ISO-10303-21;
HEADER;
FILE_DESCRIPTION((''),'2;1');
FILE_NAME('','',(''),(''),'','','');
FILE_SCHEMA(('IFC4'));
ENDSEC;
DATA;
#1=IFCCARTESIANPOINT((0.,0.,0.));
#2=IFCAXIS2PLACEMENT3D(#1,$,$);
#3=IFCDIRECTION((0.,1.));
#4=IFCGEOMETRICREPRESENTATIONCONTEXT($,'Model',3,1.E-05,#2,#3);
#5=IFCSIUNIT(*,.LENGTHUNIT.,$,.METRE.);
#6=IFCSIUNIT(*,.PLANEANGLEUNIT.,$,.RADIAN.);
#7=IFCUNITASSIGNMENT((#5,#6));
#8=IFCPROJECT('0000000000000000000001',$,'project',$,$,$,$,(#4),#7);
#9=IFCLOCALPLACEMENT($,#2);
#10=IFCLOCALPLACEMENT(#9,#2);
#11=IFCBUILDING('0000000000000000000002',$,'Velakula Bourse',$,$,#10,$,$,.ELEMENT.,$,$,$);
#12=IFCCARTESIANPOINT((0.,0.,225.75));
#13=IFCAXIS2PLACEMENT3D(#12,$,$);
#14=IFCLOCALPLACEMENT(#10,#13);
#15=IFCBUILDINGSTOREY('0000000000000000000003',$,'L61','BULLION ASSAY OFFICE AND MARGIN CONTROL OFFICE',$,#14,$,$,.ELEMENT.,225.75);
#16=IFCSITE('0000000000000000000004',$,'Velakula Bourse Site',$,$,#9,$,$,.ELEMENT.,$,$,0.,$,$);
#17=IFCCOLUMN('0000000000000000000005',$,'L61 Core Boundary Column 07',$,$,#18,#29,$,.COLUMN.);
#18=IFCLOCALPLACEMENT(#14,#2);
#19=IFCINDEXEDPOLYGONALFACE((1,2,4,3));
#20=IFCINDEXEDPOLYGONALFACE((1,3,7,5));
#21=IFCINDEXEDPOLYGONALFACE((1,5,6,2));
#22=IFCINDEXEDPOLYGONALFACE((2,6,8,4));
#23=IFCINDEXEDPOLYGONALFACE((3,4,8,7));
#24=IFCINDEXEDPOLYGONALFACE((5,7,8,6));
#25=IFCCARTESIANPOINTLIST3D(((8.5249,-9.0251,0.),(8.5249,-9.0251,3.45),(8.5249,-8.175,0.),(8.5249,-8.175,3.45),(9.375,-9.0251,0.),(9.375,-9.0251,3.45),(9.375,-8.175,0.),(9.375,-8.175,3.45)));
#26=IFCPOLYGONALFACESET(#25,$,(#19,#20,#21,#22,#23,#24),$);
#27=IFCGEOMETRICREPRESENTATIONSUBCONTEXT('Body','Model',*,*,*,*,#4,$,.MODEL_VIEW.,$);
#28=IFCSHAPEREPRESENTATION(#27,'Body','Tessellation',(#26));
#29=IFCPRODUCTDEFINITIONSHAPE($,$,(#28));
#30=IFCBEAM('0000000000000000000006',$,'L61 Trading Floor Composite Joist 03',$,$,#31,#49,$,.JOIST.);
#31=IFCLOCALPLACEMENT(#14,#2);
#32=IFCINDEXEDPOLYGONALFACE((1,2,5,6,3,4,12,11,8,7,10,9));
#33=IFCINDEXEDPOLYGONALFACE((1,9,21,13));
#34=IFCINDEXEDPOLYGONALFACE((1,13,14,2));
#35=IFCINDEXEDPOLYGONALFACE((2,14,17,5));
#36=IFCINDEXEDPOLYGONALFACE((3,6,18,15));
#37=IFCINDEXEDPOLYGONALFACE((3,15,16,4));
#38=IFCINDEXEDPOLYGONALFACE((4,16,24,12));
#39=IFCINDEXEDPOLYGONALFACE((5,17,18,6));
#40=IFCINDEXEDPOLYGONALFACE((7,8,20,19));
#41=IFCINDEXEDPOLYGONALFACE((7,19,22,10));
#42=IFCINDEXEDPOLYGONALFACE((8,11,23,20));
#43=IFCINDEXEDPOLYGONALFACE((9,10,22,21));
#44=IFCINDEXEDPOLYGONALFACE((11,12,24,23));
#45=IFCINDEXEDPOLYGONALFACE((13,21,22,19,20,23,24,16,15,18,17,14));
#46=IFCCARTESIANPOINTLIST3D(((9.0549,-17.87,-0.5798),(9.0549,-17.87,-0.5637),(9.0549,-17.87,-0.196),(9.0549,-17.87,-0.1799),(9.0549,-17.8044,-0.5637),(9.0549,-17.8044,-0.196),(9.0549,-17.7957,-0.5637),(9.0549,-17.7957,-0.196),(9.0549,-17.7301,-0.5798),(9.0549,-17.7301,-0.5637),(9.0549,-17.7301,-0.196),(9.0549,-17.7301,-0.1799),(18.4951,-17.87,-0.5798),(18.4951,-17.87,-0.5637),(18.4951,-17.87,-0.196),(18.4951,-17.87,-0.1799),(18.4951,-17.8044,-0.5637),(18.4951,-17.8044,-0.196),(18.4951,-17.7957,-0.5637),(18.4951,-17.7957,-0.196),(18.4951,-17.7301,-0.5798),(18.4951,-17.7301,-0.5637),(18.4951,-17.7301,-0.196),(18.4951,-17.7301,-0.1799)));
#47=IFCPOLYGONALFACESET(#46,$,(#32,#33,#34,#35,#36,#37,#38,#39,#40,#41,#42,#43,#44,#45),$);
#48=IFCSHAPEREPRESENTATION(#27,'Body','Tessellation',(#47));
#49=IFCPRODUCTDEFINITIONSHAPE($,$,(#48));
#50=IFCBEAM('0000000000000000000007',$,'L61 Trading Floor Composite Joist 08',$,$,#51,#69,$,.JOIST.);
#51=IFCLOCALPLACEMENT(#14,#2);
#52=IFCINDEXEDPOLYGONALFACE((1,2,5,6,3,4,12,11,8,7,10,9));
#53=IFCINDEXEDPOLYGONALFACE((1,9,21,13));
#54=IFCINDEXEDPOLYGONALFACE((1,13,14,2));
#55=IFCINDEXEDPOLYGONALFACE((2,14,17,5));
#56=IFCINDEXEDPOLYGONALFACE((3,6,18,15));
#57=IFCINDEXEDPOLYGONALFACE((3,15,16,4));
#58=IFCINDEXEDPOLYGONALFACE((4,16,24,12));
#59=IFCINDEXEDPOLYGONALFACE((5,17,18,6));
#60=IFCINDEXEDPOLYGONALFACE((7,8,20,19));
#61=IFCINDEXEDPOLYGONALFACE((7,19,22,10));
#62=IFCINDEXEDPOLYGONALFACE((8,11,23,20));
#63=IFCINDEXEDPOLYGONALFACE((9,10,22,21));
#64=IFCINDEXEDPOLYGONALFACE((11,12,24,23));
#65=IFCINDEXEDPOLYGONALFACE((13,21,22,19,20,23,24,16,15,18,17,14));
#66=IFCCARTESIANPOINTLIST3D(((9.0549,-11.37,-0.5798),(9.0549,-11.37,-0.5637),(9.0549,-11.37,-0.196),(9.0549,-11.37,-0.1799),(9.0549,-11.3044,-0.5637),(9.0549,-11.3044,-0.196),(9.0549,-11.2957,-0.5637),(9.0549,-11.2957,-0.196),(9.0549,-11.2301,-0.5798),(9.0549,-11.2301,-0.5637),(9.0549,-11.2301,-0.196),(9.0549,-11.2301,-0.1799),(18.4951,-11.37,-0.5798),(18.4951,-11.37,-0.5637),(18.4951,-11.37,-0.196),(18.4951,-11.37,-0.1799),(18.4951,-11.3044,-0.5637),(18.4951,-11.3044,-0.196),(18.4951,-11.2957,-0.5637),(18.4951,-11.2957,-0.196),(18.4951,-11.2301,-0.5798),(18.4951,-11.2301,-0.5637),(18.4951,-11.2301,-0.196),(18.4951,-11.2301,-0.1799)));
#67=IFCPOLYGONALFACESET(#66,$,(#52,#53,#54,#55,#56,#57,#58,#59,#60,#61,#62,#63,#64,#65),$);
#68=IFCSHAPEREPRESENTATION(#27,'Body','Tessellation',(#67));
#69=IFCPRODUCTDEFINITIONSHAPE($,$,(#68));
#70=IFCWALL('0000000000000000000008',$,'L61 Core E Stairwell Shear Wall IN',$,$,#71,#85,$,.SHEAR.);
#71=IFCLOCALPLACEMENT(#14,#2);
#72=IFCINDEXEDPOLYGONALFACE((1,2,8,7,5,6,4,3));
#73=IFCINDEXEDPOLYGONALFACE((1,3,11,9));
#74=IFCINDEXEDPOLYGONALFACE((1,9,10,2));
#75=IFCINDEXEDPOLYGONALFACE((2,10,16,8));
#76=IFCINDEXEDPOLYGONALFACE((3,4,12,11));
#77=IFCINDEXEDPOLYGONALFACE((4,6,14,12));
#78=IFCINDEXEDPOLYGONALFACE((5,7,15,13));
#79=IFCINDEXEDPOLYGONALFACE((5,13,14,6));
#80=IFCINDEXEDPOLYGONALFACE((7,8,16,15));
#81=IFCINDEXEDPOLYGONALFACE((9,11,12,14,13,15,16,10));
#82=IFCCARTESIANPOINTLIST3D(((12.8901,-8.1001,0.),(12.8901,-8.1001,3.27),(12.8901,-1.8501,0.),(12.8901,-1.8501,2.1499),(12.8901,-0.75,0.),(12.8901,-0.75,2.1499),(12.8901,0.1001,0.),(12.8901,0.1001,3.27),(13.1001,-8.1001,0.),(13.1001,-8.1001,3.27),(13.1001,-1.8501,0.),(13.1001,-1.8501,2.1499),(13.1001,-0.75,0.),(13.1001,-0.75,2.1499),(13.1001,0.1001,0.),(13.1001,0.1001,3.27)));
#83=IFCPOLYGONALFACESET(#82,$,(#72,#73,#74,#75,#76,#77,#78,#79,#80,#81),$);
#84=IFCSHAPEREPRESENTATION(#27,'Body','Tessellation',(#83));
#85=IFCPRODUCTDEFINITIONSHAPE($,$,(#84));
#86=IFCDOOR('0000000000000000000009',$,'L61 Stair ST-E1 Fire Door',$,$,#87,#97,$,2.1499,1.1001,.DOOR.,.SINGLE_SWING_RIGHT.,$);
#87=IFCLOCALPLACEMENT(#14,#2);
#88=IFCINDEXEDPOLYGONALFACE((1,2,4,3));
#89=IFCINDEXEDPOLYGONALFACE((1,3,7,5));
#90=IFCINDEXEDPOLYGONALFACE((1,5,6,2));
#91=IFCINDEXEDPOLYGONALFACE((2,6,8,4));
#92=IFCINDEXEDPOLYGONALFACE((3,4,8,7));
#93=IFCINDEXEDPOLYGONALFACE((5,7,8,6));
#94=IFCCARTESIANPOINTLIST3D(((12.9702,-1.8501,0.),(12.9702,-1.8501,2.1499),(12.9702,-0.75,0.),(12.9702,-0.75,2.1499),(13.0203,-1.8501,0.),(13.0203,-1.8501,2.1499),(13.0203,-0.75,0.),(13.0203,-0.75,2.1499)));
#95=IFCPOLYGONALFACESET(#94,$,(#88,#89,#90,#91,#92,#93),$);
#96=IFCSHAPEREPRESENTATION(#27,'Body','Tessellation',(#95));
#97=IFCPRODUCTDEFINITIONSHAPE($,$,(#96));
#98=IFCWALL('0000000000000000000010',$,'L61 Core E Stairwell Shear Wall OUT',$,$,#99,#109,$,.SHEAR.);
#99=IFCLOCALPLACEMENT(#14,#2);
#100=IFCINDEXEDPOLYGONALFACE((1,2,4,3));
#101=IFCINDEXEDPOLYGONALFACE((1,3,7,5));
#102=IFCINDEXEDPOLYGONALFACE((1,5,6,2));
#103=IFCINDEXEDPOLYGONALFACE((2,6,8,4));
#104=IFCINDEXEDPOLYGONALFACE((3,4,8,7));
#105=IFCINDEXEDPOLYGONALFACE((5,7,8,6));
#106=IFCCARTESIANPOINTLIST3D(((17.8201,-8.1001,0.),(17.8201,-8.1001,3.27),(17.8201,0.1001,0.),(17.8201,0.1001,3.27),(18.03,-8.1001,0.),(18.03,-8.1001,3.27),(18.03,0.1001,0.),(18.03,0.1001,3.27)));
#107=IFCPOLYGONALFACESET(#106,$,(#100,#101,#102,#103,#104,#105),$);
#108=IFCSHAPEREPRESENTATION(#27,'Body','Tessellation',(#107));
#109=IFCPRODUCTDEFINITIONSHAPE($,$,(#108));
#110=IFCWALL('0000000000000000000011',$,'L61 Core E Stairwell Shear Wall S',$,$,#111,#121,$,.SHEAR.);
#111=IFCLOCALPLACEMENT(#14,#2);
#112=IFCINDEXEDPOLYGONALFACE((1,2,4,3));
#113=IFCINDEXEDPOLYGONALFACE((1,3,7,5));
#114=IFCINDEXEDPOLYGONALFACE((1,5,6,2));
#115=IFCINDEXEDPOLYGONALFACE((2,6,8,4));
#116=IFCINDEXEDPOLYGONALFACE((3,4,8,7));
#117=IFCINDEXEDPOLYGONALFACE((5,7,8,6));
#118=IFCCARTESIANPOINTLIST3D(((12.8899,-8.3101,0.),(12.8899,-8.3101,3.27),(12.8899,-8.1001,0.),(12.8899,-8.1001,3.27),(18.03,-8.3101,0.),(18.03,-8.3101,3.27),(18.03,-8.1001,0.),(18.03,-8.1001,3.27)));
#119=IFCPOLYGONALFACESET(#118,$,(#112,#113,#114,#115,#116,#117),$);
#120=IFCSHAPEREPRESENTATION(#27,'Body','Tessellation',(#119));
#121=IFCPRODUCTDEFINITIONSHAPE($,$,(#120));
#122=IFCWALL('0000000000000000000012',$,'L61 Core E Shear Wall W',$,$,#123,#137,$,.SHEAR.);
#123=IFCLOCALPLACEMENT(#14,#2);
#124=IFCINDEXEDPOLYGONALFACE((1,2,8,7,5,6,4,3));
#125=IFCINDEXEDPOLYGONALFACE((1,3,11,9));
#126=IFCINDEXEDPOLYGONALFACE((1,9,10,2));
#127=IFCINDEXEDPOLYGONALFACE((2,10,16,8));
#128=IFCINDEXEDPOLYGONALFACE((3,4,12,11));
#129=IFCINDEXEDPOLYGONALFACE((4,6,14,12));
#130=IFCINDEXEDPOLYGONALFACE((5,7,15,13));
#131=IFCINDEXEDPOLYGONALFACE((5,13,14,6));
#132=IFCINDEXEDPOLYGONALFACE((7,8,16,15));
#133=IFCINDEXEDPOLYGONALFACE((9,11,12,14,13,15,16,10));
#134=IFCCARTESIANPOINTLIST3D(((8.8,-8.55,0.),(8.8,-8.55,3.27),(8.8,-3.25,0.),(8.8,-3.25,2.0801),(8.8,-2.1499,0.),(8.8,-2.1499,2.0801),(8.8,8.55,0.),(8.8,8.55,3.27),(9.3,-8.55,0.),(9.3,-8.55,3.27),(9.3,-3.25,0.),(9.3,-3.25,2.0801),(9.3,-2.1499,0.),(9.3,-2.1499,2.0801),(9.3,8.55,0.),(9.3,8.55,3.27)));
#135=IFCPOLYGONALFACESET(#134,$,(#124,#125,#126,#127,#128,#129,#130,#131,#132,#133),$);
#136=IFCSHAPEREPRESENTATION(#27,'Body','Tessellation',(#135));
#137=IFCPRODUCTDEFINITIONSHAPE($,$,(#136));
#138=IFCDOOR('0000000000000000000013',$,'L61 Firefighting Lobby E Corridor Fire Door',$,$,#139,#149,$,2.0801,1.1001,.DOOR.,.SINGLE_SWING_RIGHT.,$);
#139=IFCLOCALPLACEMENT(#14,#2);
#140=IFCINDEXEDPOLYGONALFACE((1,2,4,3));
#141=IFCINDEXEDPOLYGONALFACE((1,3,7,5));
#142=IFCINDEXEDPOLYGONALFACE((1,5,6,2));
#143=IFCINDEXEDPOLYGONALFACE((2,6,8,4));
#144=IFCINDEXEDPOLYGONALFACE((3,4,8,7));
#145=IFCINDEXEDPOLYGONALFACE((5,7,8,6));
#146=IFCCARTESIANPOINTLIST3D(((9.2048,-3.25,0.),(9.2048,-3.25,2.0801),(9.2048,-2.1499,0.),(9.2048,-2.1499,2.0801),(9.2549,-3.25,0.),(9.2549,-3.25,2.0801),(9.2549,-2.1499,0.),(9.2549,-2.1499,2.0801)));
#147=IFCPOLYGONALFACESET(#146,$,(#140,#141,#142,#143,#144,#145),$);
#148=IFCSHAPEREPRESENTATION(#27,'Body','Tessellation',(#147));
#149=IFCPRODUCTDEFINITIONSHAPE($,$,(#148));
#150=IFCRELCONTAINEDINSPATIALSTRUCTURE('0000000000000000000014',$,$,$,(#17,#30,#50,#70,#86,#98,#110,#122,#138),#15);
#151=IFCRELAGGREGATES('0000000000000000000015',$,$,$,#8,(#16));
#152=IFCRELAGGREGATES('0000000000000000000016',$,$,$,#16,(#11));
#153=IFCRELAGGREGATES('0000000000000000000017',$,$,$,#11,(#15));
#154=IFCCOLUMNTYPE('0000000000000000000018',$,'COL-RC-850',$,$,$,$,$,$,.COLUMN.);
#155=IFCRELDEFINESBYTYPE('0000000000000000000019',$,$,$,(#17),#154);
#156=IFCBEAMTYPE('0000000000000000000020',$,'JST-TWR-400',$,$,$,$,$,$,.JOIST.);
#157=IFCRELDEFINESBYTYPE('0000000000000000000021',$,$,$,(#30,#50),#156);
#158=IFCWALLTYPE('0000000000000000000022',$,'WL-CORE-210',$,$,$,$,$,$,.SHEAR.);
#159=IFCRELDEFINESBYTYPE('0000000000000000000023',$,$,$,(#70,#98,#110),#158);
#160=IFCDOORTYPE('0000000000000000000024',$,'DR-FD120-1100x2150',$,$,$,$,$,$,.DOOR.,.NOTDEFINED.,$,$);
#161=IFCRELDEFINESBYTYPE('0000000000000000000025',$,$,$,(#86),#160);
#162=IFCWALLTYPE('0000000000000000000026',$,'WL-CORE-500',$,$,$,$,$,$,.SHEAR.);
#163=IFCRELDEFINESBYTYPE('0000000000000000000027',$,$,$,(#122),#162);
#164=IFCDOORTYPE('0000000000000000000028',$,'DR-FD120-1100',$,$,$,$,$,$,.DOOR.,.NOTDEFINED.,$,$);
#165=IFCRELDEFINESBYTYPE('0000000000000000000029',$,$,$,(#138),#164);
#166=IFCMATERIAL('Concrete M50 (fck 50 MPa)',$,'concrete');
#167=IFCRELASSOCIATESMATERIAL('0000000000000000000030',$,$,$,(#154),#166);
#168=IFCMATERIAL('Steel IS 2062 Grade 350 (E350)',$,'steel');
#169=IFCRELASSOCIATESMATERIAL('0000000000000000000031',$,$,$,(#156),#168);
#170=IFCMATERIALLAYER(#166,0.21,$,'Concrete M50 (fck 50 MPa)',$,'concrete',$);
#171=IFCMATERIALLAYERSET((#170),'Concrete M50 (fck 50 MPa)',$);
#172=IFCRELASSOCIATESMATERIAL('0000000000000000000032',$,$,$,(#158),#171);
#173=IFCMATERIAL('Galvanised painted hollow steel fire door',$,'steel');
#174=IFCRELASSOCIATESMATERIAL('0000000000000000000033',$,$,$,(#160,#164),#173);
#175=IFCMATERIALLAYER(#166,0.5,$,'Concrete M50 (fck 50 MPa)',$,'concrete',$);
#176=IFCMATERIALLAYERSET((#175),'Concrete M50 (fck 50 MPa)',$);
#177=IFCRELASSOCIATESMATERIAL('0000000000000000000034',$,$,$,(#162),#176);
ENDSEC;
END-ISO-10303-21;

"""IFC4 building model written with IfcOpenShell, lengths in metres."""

from ifc_helpers import new_model, si_unit, direction, frame, frame_2d, origin, origin_2d, place, context, subcontext, project, spatial, rectangle, i_section, extrude, material, layer, layer_set, material_profile, profile_set, type_object, element, fill, save


model = new_model("IFC4")

# Units and contexts
model_context = context("Model", 3, precision=1e-05, world=origin(), true_north=direction((0.0, 1.0)))
body_context = subcontext(model_context, "Body", "Model", "MODEL_VIEW")
ifc_project = project(units=[si_unit("LENGTHUNIT", "METRE"), si_unit("PLANEANGLEUNIT", "RADIAN")], contexts=[model_context])

# Site, building, storey
site_placement = place(None, origin())
site = spatial("IfcSite", under=ifc_project, at=site_placement, Name="Velakula Bourse Site", CompositionType="ELEMENT", RefElevation=0.0)
building_placement = place(site_placement, origin())
building = spatial("IfcBuilding", under=site, at=building_placement, Name="Velakula Bourse", CompositionType="ELEMENT")
storey_placement = place(building_placement, frame((0.0, 0.0, 225.75)))
storey = spatial("IfcBuildingStorey", under=building, at=storey_placement, Name="L61", Description="BULLION ASSAY OFFICE AND MARGIN CONTROL OFFICE", CompositionType="ELEMENT", Elevation=225.75)

# Column
ifc_material_1 = material(Name="Concrete M50 (fck 50 MPa)", Category="concrete")
ifc_material_profile_1 = material_profile(ifc_material_1, rectangle(XDim=0.8501, YDim=0.8501, at=origin_2d()), Name="Concrete M50 (fck 50 MPa)")
ifc_profile_set_1 = profile_set([ifc_material_profile_1], Name="Concrete M50 (fck 50 MPa)")
column_type = type_object("IfcColumnType", Name="COL-RC-850", PredefinedType="COLUMN", material=ifc_profile_set_1)
column_placement = place(storey_placement, frame((8.95, -8.6001, 0.0), z_axis=(0.0, 0.0, 1.0), x_axis=(1.0, 0.0, 0.0)))
element("IfcColumn", 1, at=column_placement, inside=storey, type_object=column_type, Name="L61 Core Boundary Column 07", PredefinedType="COLUMN", context=body_context, shape_type="SweptSolid", body=[
    extrude(rectangle(XDim=0.8501, YDim=0.8501, at=origin_2d()), origin(), (0.0, 0.0, 1.0), 3.45),
])

# Beams
ifc_material_2 = material(Name="Steel IS 2062 Grade 350 (E350)", Category="steel")
ifc_material_profile_2 = material_profile(ifc_material_2, i_section(OverallWidth=0.1399, OverallDepth=0.3999, WebThickness=0.0088, FlangeThickness=0.0161, at=origin_2d()), Name="Steel IS 2062 Grade 350 (E350)")
ifc_profile_set_2 = profile_set([ifc_material_profile_2], Name="Steel IS 2062 Grade 350 (E350)")
beam_type = type_object("IfcBeamType", Name="JST-TWR-400", PredefinedType="JOIST", material=ifc_profile_set_2)
for number, where, z_axis, x_axis, name in (
    (2, (9.0549, -17.8, -0.3799), (1.0, 0.0, 0.0), (0.0, 1.0, 0.0), "L61 Trading Floor Composite Joist 03"),
    (3, (9.0549, -11.3, -0.3799), (1.0, 0.0, 0.0), (0.0, 1.0, 0.0), "L61 Trading Floor Composite Joist 08"),
):
    element("IfcBeam", number, at=place(storey_placement, frame(where, z_axis=z_axis, x_axis=x_axis)), inside=storey, type_object=beam_type, Name=name, PredefinedType="JOIST", context=body_context, shape_type="SweptSolid", body=[
        extrude(i_section(OverallWidth=0.1399, OverallDepth=0.3999, WebThickness=0.0088, FlangeThickness=0.0161, at=origin_2d()), origin(), (0.0, 0.0, 1.0), 9.4402),
    ])

# Wall, opening, door
ifc_layer_1 = layer(ifc_material_1, 0.21, Name="Concrete M50 (fck 50 MPa)", Category="concrete")
ifc_layer_set_1 = layer_set([ifc_layer_1], Name="Concrete M50 (fck 50 MPa)")
wall_type_1 = type_object("IfcWallType", Name="WL-CORE-210", PredefinedType="SHEAR", material=ifc_layer_set_1)
wall_1_placement = place(storey_placement, frame((12.9951, -8.1001, 0.0), z_axis=(0.0, 0.0, 1.0), x_axis=(0.0, 1.0, 0.0)))
wall_1 = element("IfcWall", 4, at=wall_1_placement, inside=storey, type_object=wall_type_1, Name="L61 Core E Stairwell Shear Wall IN", PredefinedType="SHEAR", context=body_context, shape_type="SweptSolid", body=[
    extrude(rectangle(XDim=8.2002, YDim=0.21, at=frame_2d((4.1001, 0.0))), origin(), (0.0, 0.0, 1.0), 3.27),
])
opening_1_placement = place(wall_1_placement, frame((6.25, 0.0, 0.0)))
opening_1 = element("IfcOpeningElement", 5, at=opening_1_placement, cuts=wall_1, PredefinedType="OPENING", context=body_context, shape_type="SweptSolid", body=[
    extrude(rectangle(XDim=1.1001, YDim=2.1499, at=frame_2d((0.55, 1.075))), frame((0.0, 0.115, 0.0), z_axis=(0.0, -1.0, 0.0), x_axis=(1.0, 0.0, 0.0)), (0.0, 0.0, 1.0), 0.23),
])
ifc_material_3 = material(Name="Galvanised painted hollow steel fire door", Category="steel")
door_type_1 = type_object("IfcDoorType", Name="DR-FD120-1100x2150", OperationType="NOTDEFINED", PredefinedType="DOOR", material=ifc_material_3)
door_1_placement = place(opening_1_placement, origin())
door_1 = element("IfcDoor", 6, at=door_1_placement, inside=storey, type_object=door_type_1, Name="L61 Stair ST-E1 Fire Door", OperationType="SINGLE_SWING_RIGHT", OverallHeight=2.1499, OverallWidth=1.1001, PredefinedType="DOOR", context=body_context, shape_type="SweptSolid", body=[
    extrude(rectangle(XDim=1.1001, YDim=2.1499, at=frame_2d((0.55, 1.075))), frame((0.0, 0.0249, 0.0), z_axis=(0.0, -1.0, 0.0), x_axis=(1.0, 0.0, 0.0)), (0.0, 0.0, 1.0), 0.05),
])
fill(opening_1, door_1)

# Walls
wall_2_placement = place(storey_placement, frame((17.925, -8.1001, 0.0), z_axis=(0.0, 0.0, 1.0), x_axis=(0.0, 1.0, 0.0)))
element("IfcWall", 7, at=wall_2_placement, inside=storey, type_object=wall_type_1, Name="L61 Core E Stairwell Shear Wall OUT", PredefinedType="SHEAR", context=body_context, shape_type="SweptSolid", body=[
    extrude(rectangle(XDim=8.2002, YDim=0.21, at=frame_2d((4.1001, 0.0))), origin(), (0.0, 0.0, 1.0), 3.27),
])
wall_3_placement = place(storey_placement, frame((12.8899, -8.2051, 0.0), z_axis=(0.0, 0.0, 1.0), x_axis=(1.0, 0.0, 0.0)))
element("IfcWall", 8, at=wall_3_placement, inside=storey, type_object=wall_type_1, Name="L61 Core E Stairwell Shear Wall S", PredefinedType="SHEAR", context=body_context, shape_type="SweptSolid", body=[
    extrude(rectangle(XDim=5.1401, YDim=0.21, at=frame_2d((2.5701, 0.0))), origin(), (0.0, 0.0, 1.0), 3.27),
])

# Wall, opening, door
ifc_layer_2 = layer(ifc_material_1, 0.5, Name="Concrete M50 (fck 50 MPa)", Category="concrete")
ifc_layer_set_2 = layer_set([ifc_layer_2], Name="Concrete M50 (fck 50 MPa)")
wall_type_2 = type_object("IfcWallType", Name="WL-CORE-500", PredefinedType="SHEAR", material=ifc_layer_set_2)
wall_4_placement = place(storey_placement, frame((9.05, -8.55, 0.0), z_axis=(0.0, 0.0, 1.0), x_axis=(0.0, 1.0, 0.0)))
wall_4 = element("IfcWall", 9, at=wall_4_placement, inside=storey, type_object=wall_type_2, Name="L61 Core E Shear Wall W", PredefinedType="SHEAR", context=body_context, shape_type="SweptSolid", body=[
    extrude(rectangle(XDim=17.1001, YDim=0.5, at=frame_2d((8.55, 0.0))), origin(), (0.0, 0.0, 1.0), 3.27),
])
opening_2_placement = place(wall_4_placement, frame((5.3, 0.0, 0.0)))
opening_2 = element("IfcOpeningElement", 10, at=opening_2_placement, cuts=wall_4, PredefinedType="OPENING", context=body_context, shape_type="SweptSolid", body=[
    extrude(rectangle(XDim=1.1001, YDim=2.0801, at=frame_2d((0.55, 1.04))), frame((0.0, 0.26, 0.0), z_axis=(0.0, -1.0, 0.0), x_axis=(1.0, 0.0, 0.0)), (0.0, 0.0, 1.0), 0.52),
])
door_type_2 = type_object("IfcDoorType", Name="DR-FD120-1100", OperationType="NOTDEFINED", PredefinedType="DOOR", material=ifc_material_3)
door_2_placement = place(opening_2_placement, origin())
door_2 = element("IfcDoor", 11, at=door_2_placement, inside=storey, type_object=door_type_2, Name="L61 Firefighting Lobby E Corridor Fire Door", OperationType="SINGLE_SWING_RIGHT", OverallHeight=2.0801, OverallWidth=1.1001, PredefinedType="DOOR", context=body_context, shape_type="SweptSolid", body=[
    extrude(rectangle(XDim=1.1001, YDim=2.0801, at=frame_2d((0.55, 1.04))), frame((0.0, -0.1548, 0.0), z_axis=(0.0, -1.0, 0.0), x_axis=(1.0, 0.0, 0.0)), (0.0, 0.0, 1.0), 0.05),
])
fill(opening_2, door_2)

save(model, "model.ifc")
